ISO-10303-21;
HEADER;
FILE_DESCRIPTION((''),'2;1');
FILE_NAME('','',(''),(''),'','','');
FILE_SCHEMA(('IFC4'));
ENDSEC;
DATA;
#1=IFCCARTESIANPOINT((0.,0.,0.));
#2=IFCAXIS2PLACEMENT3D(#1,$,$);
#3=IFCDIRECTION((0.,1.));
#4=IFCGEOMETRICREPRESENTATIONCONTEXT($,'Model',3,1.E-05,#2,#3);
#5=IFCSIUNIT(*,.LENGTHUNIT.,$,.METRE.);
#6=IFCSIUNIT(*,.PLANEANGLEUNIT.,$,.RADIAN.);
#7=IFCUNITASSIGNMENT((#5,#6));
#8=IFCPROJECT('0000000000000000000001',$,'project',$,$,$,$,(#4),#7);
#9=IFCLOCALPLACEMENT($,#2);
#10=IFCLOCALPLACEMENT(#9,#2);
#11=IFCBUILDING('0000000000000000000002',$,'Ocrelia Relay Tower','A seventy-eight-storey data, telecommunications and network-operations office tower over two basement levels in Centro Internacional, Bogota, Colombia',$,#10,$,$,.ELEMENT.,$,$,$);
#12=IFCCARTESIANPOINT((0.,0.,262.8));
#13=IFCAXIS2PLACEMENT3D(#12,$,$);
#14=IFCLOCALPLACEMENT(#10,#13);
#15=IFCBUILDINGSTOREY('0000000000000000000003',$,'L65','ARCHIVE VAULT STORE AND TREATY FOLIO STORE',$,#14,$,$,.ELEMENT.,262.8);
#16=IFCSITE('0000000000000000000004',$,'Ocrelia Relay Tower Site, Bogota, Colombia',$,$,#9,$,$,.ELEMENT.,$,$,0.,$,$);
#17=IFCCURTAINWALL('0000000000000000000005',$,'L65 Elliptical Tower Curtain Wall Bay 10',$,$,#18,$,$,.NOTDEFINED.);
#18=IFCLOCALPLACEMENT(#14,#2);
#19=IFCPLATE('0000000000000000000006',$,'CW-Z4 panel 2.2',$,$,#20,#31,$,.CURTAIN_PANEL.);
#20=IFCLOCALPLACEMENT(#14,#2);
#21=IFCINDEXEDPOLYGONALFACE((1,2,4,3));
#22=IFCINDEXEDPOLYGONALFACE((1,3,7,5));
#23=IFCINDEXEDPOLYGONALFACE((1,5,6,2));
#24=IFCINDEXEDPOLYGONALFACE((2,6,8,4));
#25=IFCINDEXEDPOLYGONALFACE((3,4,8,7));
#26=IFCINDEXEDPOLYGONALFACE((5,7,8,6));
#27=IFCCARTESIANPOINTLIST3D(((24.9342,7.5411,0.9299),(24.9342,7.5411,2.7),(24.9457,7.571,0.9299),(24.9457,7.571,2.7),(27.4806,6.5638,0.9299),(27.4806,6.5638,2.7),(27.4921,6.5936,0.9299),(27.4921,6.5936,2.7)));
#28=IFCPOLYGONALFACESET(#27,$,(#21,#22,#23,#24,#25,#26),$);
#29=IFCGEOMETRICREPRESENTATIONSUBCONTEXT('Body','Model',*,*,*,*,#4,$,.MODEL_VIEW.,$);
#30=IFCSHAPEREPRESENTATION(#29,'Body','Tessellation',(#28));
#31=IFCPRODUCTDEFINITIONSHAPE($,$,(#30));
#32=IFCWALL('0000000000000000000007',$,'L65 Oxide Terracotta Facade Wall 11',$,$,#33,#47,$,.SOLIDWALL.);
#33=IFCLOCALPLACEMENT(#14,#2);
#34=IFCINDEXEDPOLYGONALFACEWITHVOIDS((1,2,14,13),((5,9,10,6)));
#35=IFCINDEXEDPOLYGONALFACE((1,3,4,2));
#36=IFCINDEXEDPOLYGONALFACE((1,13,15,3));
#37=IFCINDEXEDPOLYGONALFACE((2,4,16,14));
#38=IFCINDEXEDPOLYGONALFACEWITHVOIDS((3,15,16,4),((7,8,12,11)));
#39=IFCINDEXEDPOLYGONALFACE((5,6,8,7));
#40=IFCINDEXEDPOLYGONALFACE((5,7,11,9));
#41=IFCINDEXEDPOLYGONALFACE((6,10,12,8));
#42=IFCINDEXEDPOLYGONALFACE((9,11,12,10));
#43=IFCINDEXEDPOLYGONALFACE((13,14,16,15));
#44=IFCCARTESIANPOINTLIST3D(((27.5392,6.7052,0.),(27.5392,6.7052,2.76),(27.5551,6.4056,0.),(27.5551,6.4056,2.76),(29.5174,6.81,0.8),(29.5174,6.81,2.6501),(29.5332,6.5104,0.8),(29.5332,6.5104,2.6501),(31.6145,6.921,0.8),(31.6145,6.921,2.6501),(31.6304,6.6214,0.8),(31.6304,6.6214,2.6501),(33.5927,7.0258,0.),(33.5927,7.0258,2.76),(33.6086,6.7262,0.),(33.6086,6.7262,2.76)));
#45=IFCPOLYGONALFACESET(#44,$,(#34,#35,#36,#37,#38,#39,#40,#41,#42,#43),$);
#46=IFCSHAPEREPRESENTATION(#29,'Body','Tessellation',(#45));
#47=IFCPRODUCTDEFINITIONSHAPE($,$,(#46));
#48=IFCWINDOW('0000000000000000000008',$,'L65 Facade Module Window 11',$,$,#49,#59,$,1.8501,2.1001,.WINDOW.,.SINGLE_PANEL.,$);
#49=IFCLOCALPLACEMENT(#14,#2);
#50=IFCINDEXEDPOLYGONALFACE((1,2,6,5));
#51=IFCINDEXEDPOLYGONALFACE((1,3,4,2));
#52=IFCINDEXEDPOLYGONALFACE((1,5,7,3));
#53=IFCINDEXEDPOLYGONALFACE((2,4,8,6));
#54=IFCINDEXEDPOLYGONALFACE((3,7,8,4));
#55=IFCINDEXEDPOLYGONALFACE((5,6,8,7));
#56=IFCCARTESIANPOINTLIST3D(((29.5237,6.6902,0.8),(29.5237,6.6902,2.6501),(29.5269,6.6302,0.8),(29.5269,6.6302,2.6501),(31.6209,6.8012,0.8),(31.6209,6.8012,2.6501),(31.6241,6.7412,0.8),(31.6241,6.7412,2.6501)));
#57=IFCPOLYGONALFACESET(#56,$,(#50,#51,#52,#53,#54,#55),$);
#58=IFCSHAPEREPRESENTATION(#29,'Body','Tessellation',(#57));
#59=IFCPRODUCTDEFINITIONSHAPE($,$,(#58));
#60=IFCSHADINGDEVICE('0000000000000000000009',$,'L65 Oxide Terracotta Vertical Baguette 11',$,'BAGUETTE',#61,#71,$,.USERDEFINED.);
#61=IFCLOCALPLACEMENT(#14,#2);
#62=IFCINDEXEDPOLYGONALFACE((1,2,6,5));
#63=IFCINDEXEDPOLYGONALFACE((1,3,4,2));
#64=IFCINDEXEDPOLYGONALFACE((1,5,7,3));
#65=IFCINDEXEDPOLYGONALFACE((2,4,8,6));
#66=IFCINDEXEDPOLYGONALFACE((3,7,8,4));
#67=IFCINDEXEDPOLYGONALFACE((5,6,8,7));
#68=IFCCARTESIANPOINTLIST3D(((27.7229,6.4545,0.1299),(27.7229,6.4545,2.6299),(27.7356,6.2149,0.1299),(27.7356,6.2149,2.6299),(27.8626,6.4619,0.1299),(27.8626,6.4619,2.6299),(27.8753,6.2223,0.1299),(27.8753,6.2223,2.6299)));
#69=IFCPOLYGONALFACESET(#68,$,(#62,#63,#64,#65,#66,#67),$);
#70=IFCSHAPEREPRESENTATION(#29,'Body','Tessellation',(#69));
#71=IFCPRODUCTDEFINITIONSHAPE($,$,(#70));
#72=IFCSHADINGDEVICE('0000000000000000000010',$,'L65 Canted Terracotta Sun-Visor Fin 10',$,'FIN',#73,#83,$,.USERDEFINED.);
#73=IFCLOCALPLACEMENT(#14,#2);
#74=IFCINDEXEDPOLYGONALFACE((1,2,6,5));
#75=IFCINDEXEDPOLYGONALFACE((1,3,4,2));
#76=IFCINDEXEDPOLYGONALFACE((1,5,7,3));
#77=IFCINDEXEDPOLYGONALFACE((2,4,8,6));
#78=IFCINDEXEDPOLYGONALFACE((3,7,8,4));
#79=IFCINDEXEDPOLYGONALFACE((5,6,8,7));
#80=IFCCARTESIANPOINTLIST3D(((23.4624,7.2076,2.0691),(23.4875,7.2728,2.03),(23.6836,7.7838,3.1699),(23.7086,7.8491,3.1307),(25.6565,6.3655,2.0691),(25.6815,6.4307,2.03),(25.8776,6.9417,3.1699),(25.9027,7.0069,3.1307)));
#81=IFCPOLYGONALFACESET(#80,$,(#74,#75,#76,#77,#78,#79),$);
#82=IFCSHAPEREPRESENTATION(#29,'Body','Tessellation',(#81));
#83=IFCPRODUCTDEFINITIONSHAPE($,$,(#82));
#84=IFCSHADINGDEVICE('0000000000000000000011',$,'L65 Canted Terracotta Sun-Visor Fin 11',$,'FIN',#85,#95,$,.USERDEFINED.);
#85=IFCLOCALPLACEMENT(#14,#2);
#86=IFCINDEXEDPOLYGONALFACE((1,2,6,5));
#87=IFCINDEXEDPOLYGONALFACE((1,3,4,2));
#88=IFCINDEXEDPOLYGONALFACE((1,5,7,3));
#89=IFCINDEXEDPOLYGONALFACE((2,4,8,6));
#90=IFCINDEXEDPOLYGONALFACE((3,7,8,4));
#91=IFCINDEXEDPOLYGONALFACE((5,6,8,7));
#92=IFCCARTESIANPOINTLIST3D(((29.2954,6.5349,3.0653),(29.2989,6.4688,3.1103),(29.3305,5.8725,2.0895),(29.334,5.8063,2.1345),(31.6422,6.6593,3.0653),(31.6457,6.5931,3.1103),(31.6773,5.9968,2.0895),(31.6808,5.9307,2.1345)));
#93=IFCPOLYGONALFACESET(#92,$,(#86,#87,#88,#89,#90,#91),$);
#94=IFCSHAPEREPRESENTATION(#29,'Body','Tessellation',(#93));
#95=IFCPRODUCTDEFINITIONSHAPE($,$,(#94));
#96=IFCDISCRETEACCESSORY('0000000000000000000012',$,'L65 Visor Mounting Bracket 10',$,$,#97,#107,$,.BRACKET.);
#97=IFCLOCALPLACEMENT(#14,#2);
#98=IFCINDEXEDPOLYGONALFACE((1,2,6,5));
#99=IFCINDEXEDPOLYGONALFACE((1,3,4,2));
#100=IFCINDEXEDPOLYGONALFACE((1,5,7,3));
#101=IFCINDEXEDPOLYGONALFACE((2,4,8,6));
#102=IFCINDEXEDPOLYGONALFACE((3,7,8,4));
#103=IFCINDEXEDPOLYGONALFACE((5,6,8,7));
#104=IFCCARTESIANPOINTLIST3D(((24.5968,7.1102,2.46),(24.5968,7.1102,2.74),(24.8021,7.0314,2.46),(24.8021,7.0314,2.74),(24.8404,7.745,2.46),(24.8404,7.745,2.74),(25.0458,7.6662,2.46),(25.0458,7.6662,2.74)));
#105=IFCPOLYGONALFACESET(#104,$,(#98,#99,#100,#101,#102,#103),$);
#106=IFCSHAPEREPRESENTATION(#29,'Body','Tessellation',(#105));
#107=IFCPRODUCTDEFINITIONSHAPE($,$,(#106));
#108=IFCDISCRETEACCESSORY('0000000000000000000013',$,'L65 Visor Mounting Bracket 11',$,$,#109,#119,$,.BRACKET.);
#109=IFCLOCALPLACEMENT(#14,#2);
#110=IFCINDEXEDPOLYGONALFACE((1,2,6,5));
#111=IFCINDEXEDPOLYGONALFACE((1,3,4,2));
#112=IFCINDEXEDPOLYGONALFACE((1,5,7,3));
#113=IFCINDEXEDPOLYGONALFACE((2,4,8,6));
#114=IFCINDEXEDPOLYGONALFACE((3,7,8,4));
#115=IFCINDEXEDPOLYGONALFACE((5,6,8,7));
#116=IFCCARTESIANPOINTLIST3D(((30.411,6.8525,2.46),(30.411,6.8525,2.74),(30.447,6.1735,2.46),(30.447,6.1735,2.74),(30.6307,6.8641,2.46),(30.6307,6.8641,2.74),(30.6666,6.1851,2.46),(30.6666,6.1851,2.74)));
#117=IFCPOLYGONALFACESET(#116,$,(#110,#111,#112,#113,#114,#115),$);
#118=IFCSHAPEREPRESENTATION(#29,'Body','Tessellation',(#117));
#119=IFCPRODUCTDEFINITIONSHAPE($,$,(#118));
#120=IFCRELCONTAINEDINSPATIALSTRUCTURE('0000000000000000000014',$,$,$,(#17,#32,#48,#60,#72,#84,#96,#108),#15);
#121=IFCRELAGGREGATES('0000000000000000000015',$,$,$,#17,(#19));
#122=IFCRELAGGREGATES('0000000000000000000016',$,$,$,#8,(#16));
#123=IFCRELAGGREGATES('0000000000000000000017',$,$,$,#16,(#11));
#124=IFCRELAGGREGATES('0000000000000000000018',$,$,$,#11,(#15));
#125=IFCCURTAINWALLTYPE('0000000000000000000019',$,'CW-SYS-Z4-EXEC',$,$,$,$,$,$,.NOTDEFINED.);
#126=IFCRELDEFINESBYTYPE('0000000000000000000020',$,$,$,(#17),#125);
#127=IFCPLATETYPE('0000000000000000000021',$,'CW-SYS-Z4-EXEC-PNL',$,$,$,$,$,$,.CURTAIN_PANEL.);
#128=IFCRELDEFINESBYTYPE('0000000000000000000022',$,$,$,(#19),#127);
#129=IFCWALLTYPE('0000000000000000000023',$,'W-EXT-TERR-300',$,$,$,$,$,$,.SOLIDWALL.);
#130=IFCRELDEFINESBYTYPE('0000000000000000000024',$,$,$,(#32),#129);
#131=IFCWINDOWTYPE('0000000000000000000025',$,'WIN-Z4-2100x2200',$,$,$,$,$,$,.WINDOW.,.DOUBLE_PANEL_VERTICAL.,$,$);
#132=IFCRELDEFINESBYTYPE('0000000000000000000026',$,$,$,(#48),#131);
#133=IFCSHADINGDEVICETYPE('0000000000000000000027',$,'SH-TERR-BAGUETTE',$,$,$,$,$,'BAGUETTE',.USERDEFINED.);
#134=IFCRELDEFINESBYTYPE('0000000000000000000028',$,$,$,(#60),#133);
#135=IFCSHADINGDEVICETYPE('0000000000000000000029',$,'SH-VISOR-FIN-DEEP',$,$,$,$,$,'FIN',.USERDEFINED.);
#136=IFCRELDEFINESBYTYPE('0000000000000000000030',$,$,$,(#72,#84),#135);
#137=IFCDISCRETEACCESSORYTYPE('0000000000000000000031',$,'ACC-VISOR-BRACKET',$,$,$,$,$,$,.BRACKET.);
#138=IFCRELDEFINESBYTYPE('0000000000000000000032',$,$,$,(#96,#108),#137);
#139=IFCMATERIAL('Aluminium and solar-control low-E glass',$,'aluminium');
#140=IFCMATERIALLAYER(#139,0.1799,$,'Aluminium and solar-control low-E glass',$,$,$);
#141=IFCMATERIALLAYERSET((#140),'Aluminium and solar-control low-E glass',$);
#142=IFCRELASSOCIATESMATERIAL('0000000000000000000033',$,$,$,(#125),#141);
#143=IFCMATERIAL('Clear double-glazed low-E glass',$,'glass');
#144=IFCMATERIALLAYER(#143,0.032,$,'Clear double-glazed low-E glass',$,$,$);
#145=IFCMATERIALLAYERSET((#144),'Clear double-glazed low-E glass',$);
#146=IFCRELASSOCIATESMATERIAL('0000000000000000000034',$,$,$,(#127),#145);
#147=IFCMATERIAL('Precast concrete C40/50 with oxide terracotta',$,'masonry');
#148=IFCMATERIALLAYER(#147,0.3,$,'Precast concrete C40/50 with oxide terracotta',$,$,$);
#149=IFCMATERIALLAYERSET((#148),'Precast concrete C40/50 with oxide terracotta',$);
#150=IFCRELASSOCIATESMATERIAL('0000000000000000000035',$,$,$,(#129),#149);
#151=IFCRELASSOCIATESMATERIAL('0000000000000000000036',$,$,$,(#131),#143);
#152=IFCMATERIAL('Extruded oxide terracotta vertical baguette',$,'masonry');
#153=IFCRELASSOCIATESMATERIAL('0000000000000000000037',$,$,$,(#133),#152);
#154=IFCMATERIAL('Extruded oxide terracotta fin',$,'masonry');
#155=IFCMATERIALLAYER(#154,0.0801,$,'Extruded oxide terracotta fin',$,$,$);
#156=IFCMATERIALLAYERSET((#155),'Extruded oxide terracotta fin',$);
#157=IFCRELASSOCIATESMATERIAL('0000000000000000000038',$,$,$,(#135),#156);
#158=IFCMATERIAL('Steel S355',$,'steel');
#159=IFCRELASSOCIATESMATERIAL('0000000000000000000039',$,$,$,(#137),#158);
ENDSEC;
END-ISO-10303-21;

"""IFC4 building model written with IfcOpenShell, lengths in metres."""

from ifc_helpers import new_model, si_unit, direction, frame, frame_2d, origin, origin_2d, place, context, subcontext, project, spatial, rectangle, extrude, material, layer, layer_set, type_object, element, fill, aggregate, save


model = new_model("IFC4")

# Units and contexts
model_context = context("Model", 3, precision=1e-05, world=origin(), true_north=direction((0.0, 1.0)))
body_context = subcontext(model_context, "Body", "Model", "MODEL_VIEW")
ifc_project = project(units=[si_unit("LENGTHUNIT", "METRE"), si_unit("PLANEANGLEUNIT", "RADIAN")], contexts=[model_context])

# Site, building, storey
site_placement = place(None, origin())
site = spatial("IfcSite", under=ifc_project, at=site_placement, Name="Ocrelia Relay Tower Site, Bogota, Colombia", CompositionType="ELEMENT", RefElevation=0.0)
building_placement = place(site_placement, origin())
building = spatial("IfcBuilding", under=site, at=building_placement, Name="Ocrelia Relay Tower", Description="A seventy-eight-storey data, telecommunications and network-operations office tower over two basement levels in Centro Internacional, Bogota, Colombia", CompositionType="ELEMENT")
storey_placement = place(building_placement, frame((0.0, 0.0, 262.8)))
storey = spatial("IfcBuildingStorey", under=building, at=storey_placement, Name="L65", Description="ARCHIVE VAULT STORE AND TREATY FOLIO STORE", CompositionType="ELEMENT", Elevation=262.8)

# Curtain wall, plate
ifc_material_1 = material(Name="Aluminium and solar-control low-E glass", Category="aluminium")
ifc_layer_1 = layer(ifc_material_1, 0.1799, Name="Aluminium and solar-control low-E glass")
ifc_layer_set_1 = layer_set([ifc_layer_1], Name="Aluminium and solar-control low-E glass")
curtain_wall_type = type_object("IfcCurtainWallType", Name="CW-SYS-Z4-EXEC", PredefinedType="NOTDEFINED", material=ifc_layer_set_1)
curtain_wall_placement = place(storey_placement, origin())
curtain_wall = element("IfcCurtainWall", 1, at=curtain_wall_placement, inside=storey, type_object=curtain_wall_type, Name="L65 Elliptical Tower Curtain Wall Bay 10", PredefinedType="NOTDEFINED")
ifc_material_2 = material(Name="Clear double-glazed low-E glass", Category="glass")
ifc_layer_2 = layer(ifc_material_2, 0.032, Name="Clear double-glazed low-E glass")
ifc_layer_set_2 = layer_set([ifc_layer_2], Name="Clear double-glazed low-E glass")
plate_type = type_object("IfcPlateType", Name="CW-SYS-Z4-EXEC-PNL", PredefinedType="CURTAIN_PANEL", material=ifc_layer_set_2)
plate_1_placement = place(storey_placement, frame((26.2131, 7.0674, 0.9299), z_axis=(0.0, 0.0, 1.0), x_axis=(0.933594, -0.358334, 0.0)))
plate_1 = element("IfcPlate", 2, at=plate_1_placement, type_object=plate_type, Name="CW-Z4 panel 2.2", PredefinedType="CURTAIN_PANEL", context=body_context, shape_type="SweptSolid", body=[
    extrude(rectangle(XDim=2.7275, YDim=0.032, at=origin_2d()), origin(), (0.0, 0.0, 1.0), 1.77),
])
aggregate(curtain_wall, [plate_1])

# Wall, opening, window
ifc_material_3 = material(Name="Precast concrete C40/50 with oxide terracotta", Category="masonry")
ifc_layer_3 = layer(ifc_material_3, 0.3, Name="Precast concrete C40/50 with oxide terracotta")
ifc_layer_set_3 = layer_set([ifc_layer_3], Name="Precast concrete C40/50 with oxide terracotta")
wall_type = type_object("IfcWallType", Name="W-EXT-TERR-300", PredefinedType="SOLIDWALL", material=ifc_layer_set_3)
wall_placement = place(storey_placement, frame((27.5471, 6.5554, 0.0), z_axis=(0.0, 0.0, 1.0), x_axis=(0.998601, 0.05288, 0.0)))
wall = element("IfcWall", 3, at=wall_placement, inside=storey, type_object=wall_type, Name="L65 Oxide Terracotta Facade Wall 11", PredefinedType="SOLIDWALL", context=body_context, shape_type="SweptSolid", body=[
    extrude(rectangle(XDim=6.062, YDim=0.3, at=frame_2d((3.031, 0.0))), origin(), (0.0, 0.0, 1.0), 2.76),
])
opening_placement = place(wall_placement, frame((1.981, 0.0, 0.8)))
opening = element("IfcOpeningElement", 4, at=opening_placement, cuts=wall, PredefinedType="OPENING", context=body_context, shape_type="SweptSolid", body=[
    extrude(rectangle(XDim=2.1001, YDim=1.8501, at=frame_2d((1.05, 0.925))), frame((0.0, 0.1602, 0.0), z_axis=(0.0, -1.0, 0.0), x_axis=(1.0, 0.0, 0.0)), (0.0, 0.0, 1.0), 0.3201),
])
window_type = type_object("IfcWindowType", Name="WIN-Z4-2100x2200", PartitioningType="DOUBLE_PANEL_VERTICAL", PredefinedType="WINDOW", material=ifc_material_2)
window_placement = place(opening_placement, origin())
window = element("IfcWindow", 5, at=window_placement, inside=storey, type_object=window_type, Name="L65 Facade Module Window 11", OverallHeight=1.8501, OverallWidth=2.1001, PartitioningType="SINGLE_PANEL", PredefinedType="WINDOW", context=body_context, shape_type="SweptSolid", body=[
    extrude(rectangle(XDim=2.1001, YDim=1.8501, at=frame_2d((1.05, 0.925))), frame((0.0, 0.03, 0.0), z_axis=(0.0, -1.0, 0.0), x_axis=(1.0, 0.0, 0.0)), (0.0, 0.0, 1.0), 0.0601),
])
fill(opening, window)

# Shading devices
ifc_material_4 = material(Name="Extruded oxide terracotta vertical baguette", Category="masonry")
shading_device_type_1 = type_object("IfcShadingDeviceType", Name="SH-TERR-BAGUETTE", ElementType="BAGUETTE", PredefinedType="USERDEFINED", material=ifc_material_4)
shading_device_1_placement = place(storey_placement, frame((27.7991, 6.3384, 0.1299), z_axis=(0.0, 0.0, 1.0), x_axis=(0.9986, 0.052904, 0.0)))
element("IfcShadingDevice", 6, at=shading_device_1_placement, inside=storey, type_object=shading_device_type_1, Name="L65 Oxide Terracotta Vertical Baguette 11", ObjectType="BAGUETTE", PredefinedType="USERDEFINED", context=body_context, shape_type="SweptSolid", body=[
    extrude(rectangle(XDim=0.1399, YDim=0.24, at=origin_2d()), origin(), (0.0, 0.0, 1.0), 2.5),
])
ifc_material_5 = material(Name="Extruded oxide terracotta fin", Category="masonry")
ifc_layer_4 = layer(ifc_material_5, 0.0801, Name="Extruded oxide terracotta fin")
ifc_layer_set_4 = layer_set([ifc_layer_4], Name="Extruded oxide terracotta fin")
shading_device_type_2 = type_object("IfcShadingDeviceType", Name="SH-VISOR-FIN-DEEP", ElementType="FIN", PredefinedType="USERDEFINED", material=ifc_layer_set_4)
shading_device_2_placement = place(storey_placement, frame((24.6951, 7.1399, 2.5803), z_axis=(-0.312553, -0.814318, 0.489078), x_axis=(0.933594, -0.358334, 0.0)))
element("IfcShadingDevice", 7, at=shading_device_2_placement, inside=storey, type_object=shading_device_type_2, Name="L65 Canted Terracotta Sun-Visor Fin 10", ObjectType="FIN", PredefinedType="USERDEFINED", context=body_context, shape_type="SweptSolid", body=[
    extrude(rectangle(XDim=2.3501, YDim=1.262, at=origin_2d()), origin(), (0.0, 0.0, 1.0), 0.0801),
])
shading_device_3_placement = place(storey_placement, frame((30.4863, 6.2659, 2.5774), z_axis=(0.043751, -0.825824, 0.562228), x_axis=(0.9986, 0.052904, 0.0)))
element("IfcShadingDevice", 8, at=shading_device_3_placement, inside=storey, type_object=shading_device_type_2, Name="L65 Canted Terracotta Sun-Visor Fin 11", ObjectType="FIN", PredefinedType="USERDEFINED", context=body_context, shape_type="SweptSolid", body=[
    extrude(rectangle(XDim=2.3501, YDim=1.1799, at=origin_2d()), origin(), (0.0, 0.0, 1.0), 0.0801),
])

# Discrete accessories
ifc_material_6 = material(Name="Steel S355", Category="steel")
discrete_accessory_type = type_object("IfcDiscreteAccessoryType", Name="ACC-VISOR-BRACKET", PredefinedType="BRACKET", material=ifc_material_6)
for number, where, z_axis, x_axis, name in (
    (9, (24.8213, 7.3882, 2.46), (0.0, 0.0, 1.0), (0.933594, -0.358334, 0.0), "L65 Visor Mounting Bracket 10"),
    (10, (30.5388, 6.5188, 2.46), (0.0, 0.0, 1.0), (0.9986, 0.052904, 0.0), "L65 Visor Mounting Bracket 11"),
):
    element("IfcDiscreteAccessory", number, at=place(storey_placement, frame(where, z_axis=z_axis, x_axis=x_axis)), inside=storey, type_object=discrete_accessory_type, Name=name, PredefinedType="BRACKET", context=body_context, shape_type="SweptSolid", body=[
        extrude(rectangle(XDim=0.22, YDim=0.6799, at=origin_2d()), origin(), (0.0, 0.0, 1.0), 0.28),
    ])

save(model, "model.ifc")
